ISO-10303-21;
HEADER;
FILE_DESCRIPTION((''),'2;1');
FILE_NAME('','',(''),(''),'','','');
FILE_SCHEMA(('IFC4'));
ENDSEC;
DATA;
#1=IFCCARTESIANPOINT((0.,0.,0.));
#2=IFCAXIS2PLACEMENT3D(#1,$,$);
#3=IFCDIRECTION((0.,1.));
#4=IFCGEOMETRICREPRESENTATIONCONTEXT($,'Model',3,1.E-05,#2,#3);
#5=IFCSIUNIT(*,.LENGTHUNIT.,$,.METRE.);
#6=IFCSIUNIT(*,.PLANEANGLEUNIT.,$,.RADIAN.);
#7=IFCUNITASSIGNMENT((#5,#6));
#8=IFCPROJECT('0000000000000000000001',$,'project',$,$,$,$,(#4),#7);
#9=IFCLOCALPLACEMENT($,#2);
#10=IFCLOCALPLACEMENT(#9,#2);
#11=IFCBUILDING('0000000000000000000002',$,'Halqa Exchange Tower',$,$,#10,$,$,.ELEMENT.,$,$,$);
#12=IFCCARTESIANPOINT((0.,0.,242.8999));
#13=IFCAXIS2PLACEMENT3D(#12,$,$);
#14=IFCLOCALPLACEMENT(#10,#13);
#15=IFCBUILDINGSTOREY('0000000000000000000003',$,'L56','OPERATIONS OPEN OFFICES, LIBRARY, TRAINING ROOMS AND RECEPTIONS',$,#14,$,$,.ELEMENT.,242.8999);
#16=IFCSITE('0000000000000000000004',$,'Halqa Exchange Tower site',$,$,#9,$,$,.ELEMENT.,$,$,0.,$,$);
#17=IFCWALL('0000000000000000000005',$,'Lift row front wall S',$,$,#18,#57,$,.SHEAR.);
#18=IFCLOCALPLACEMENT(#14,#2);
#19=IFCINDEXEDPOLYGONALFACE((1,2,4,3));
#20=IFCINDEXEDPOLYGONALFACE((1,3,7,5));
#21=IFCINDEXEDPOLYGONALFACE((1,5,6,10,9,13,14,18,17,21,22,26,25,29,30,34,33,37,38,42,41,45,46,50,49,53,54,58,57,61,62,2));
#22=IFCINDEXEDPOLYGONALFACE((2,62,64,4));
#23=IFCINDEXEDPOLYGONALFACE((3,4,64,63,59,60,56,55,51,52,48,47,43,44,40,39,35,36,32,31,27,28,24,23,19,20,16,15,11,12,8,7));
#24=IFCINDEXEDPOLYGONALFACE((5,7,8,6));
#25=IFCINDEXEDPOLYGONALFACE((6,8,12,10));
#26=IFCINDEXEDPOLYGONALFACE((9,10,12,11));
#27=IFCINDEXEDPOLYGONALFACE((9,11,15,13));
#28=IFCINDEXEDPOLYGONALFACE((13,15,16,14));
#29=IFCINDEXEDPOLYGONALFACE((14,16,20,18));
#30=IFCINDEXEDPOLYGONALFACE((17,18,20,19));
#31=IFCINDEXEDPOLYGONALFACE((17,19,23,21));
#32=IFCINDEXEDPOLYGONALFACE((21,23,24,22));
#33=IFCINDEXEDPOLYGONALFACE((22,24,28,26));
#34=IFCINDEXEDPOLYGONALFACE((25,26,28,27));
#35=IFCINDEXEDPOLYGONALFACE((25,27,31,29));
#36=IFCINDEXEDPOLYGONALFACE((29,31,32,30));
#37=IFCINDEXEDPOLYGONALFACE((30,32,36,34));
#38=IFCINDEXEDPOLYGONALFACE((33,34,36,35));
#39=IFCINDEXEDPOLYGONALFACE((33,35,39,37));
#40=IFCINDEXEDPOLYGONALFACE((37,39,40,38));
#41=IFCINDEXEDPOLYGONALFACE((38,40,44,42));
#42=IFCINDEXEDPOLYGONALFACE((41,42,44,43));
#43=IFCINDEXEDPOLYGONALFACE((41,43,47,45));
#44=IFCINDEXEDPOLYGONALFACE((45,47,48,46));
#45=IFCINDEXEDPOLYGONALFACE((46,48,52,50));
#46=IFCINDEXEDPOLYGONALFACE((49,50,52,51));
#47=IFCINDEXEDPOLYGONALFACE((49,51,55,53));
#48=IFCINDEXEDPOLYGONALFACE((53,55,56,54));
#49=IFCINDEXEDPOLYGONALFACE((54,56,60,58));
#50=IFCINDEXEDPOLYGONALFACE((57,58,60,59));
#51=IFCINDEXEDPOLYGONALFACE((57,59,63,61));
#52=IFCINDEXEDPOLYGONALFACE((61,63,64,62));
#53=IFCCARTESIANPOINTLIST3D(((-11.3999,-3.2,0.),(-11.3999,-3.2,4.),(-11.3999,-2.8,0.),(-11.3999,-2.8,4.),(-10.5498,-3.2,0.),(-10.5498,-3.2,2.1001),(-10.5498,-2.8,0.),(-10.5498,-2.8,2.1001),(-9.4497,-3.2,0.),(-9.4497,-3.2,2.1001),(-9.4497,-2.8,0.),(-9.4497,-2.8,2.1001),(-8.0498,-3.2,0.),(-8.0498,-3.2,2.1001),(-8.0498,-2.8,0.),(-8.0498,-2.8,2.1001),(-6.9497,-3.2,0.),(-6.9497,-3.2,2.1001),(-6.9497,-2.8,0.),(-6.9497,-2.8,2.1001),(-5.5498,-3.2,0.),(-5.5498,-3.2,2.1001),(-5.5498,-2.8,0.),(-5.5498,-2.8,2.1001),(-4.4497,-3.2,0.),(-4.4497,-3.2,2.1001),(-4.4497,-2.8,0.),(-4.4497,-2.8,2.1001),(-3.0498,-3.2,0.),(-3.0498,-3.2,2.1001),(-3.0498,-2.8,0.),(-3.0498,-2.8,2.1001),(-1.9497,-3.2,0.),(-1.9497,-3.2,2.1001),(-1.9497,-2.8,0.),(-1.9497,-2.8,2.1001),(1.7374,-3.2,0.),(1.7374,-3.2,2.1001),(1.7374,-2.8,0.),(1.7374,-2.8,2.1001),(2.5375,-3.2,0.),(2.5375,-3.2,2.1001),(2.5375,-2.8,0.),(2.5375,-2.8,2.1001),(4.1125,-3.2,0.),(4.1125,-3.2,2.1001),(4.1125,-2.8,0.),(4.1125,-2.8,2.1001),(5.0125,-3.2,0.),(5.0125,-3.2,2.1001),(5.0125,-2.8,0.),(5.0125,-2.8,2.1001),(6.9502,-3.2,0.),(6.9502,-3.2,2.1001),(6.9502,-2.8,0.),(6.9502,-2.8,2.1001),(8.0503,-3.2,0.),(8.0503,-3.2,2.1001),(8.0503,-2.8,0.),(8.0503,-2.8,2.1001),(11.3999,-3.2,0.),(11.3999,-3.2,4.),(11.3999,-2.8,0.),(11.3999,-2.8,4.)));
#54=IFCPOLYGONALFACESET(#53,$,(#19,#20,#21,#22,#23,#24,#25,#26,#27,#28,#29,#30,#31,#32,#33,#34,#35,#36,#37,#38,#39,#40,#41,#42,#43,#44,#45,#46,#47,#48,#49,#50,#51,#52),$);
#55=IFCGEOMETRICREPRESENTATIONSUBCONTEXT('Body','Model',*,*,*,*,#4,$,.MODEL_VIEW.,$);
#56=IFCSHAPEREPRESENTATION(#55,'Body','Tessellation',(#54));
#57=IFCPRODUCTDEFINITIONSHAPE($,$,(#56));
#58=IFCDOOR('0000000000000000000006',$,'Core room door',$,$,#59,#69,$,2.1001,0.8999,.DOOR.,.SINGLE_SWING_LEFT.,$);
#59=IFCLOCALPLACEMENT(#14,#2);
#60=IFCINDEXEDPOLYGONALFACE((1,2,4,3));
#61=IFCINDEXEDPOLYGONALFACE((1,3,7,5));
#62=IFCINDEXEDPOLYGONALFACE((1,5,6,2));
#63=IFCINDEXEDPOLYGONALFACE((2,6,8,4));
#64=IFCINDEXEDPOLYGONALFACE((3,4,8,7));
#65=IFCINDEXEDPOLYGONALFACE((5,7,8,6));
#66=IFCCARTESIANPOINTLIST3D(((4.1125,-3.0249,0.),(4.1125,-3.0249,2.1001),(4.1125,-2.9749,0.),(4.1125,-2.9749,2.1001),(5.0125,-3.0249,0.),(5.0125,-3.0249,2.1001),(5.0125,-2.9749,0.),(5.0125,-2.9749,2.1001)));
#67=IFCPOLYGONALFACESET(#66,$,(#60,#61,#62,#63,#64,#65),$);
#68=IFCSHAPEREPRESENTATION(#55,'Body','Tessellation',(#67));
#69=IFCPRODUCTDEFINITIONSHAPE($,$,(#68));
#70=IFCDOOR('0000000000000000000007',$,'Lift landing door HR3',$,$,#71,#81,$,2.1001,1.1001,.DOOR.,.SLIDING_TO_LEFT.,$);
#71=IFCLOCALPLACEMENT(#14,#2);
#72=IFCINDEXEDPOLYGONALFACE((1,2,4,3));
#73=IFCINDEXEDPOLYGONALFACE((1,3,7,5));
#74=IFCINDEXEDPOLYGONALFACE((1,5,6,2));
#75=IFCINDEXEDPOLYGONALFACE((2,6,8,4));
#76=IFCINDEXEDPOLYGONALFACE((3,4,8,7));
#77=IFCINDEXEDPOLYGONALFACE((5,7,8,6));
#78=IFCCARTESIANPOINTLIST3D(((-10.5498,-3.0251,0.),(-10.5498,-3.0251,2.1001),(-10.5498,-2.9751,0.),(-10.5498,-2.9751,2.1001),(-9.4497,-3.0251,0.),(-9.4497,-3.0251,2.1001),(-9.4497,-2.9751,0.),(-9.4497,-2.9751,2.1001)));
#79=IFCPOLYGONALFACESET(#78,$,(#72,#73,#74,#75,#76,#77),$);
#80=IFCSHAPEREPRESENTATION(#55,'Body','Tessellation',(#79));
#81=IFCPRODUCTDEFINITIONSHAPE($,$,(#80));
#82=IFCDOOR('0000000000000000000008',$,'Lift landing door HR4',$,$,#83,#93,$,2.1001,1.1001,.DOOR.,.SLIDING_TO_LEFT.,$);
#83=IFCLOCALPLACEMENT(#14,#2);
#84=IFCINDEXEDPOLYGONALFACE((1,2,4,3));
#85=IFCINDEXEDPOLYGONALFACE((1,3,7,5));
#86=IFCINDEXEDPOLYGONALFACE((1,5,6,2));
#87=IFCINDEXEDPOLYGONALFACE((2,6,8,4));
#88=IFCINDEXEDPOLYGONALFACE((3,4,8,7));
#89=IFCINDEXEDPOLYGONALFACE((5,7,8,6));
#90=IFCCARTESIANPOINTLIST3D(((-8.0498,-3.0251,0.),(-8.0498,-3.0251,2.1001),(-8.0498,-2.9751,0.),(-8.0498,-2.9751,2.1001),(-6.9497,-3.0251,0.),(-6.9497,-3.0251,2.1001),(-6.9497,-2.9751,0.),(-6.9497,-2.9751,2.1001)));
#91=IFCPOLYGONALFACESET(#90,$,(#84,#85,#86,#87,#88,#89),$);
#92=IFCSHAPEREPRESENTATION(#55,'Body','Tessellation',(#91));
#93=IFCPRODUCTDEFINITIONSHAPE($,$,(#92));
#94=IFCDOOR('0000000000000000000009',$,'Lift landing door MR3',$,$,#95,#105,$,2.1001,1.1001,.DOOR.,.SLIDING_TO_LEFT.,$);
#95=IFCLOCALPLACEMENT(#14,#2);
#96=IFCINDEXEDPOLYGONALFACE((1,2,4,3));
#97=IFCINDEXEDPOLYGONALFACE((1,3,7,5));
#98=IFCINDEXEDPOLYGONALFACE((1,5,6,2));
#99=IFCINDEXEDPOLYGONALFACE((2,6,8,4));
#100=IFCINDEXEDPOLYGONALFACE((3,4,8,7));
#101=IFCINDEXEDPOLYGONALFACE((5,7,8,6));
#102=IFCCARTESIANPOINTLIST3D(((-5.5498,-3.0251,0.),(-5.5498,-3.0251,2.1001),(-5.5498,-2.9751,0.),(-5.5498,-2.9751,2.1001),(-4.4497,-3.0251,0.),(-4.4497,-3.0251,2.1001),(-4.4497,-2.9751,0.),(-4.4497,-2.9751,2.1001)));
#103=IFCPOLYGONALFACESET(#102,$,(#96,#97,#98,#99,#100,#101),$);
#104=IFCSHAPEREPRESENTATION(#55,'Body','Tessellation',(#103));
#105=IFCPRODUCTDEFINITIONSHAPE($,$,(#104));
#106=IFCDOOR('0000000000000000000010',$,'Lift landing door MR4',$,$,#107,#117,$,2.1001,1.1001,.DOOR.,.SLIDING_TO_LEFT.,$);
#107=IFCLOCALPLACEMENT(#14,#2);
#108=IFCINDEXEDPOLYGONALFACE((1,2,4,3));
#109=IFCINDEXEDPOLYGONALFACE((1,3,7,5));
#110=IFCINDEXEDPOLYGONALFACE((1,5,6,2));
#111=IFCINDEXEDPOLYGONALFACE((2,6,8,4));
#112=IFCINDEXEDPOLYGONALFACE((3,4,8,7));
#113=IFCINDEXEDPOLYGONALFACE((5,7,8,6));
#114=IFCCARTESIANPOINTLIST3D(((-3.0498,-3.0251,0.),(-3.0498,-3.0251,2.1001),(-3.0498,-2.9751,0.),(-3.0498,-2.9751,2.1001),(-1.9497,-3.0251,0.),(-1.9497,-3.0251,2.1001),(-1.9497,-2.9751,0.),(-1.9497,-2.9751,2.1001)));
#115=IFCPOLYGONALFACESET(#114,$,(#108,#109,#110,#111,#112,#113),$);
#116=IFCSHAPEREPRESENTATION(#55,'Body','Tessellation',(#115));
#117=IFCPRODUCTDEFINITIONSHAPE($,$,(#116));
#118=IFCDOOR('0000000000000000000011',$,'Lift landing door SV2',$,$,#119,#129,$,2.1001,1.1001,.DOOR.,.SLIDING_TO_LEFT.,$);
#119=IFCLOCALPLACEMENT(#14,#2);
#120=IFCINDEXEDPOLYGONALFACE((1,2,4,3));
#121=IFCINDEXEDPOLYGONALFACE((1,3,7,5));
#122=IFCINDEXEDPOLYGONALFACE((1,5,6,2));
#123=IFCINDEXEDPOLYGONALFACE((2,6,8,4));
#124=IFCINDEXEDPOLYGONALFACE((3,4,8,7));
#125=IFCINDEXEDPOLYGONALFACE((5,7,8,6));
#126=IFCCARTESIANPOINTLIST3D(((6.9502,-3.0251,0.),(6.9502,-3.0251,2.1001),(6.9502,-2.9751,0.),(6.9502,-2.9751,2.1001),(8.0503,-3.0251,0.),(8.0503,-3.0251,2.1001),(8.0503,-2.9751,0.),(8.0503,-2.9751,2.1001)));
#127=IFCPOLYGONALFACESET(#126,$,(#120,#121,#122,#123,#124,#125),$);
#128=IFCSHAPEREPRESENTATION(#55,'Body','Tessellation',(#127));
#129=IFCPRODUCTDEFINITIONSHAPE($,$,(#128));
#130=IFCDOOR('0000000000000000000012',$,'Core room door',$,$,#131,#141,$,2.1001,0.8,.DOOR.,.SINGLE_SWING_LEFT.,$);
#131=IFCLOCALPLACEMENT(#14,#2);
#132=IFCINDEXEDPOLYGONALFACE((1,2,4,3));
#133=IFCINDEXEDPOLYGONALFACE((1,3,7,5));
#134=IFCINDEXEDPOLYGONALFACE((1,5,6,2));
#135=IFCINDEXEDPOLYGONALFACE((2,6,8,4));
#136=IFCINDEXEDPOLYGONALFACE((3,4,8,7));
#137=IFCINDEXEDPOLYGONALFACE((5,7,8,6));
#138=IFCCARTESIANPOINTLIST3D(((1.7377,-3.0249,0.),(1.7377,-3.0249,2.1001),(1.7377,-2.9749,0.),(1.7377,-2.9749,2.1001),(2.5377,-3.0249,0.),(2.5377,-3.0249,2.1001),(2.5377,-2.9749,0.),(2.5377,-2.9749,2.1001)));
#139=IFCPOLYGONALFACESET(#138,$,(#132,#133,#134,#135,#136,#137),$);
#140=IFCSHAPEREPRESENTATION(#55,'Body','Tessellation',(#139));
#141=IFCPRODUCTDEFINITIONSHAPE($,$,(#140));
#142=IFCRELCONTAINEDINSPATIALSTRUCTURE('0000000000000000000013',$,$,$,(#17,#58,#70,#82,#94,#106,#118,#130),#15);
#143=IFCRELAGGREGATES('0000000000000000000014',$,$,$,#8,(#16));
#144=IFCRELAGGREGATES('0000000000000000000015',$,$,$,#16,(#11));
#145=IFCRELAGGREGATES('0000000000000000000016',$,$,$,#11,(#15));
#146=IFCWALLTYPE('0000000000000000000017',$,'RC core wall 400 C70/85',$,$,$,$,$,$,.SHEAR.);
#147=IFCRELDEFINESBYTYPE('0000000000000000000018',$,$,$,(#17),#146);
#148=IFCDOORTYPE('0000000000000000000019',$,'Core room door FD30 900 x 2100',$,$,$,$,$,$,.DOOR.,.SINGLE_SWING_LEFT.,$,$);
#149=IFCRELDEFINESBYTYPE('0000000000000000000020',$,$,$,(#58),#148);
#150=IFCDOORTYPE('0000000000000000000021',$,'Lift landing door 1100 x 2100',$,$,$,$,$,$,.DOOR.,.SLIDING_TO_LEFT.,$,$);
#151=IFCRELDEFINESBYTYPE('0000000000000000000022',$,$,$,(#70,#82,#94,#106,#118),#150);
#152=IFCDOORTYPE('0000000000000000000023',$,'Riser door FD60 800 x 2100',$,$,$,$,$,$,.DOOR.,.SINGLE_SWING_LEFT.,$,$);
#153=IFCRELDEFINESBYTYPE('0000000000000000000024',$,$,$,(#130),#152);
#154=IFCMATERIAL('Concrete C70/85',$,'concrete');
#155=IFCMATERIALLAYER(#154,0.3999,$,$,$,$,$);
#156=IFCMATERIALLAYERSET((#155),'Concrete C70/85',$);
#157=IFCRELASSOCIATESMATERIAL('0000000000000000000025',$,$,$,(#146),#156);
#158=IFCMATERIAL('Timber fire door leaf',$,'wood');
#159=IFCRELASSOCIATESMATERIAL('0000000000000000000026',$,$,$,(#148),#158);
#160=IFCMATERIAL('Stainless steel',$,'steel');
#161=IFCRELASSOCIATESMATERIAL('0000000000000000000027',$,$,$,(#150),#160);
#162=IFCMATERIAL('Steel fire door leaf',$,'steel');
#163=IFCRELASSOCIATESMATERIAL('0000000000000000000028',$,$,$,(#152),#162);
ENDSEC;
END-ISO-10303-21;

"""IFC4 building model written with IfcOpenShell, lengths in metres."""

from ifc_helpers import new_model, si_unit, direction, frame, frame_2d, origin, place, context, subcontext, project, spatial, rectangle, extrude, material, layer, layer_set, type_object, element, fill, save


model = new_model("IFC4")

# Units and contexts
model_context = context("Model", 3, precision=1e-05, world=origin(), true_north=direction((0.0, 1.0)))
body_context = subcontext(model_context, "Body", "Model", "MODEL_VIEW")
ifc_project = project(units=[si_unit("LENGTHUNIT", "METRE"), si_unit("PLANEANGLEUNIT", "RADIAN")], contexts=[model_context])

# Site, building, storey
site_placement = place(None, origin())
site = spatial("IfcSite", under=ifc_project, at=site_placement, Name="Halqa Exchange Tower site", CompositionType="ELEMENT", RefElevation=0.0)
building_placement = place(site_placement, origin())
building = spatial("IfcBuilding", under=site, at=building_placement, Name="Halqa Exchange Tower", CompositionType="ELEMENT")
storey_placement = place(building_placement, frame((0.0, 0.0, 242.8999)))
storey = spatial("IfcBuildingStorey", under=building, at=storey_placement, Name="L56", Description="OPERATIONS OPEN OFFICES, LIBRARY, TRAINING ROOMS AND RECEPTIONS", CompositionType="ELEMENT", Elevation=242.8999)

# Wall, openings, doors
ifc_material_1 = material(Name="Concrete C70/85", Category="concrete")
ifc_layer_1 = layer(ifc_material_1, 0.3999)
ifc_layer_set_1 = layer_set([ifc_layer_1], Name="Concrete C70/85")
wall_type_1 = type_object("IfcWallType", Name="RC core wall 400 C70/85", PredefinedType="SHEAR", material=ifc_layer_set_1)
wall_1_placement = place(storey_placement, frame((-11.3999, -3.0, 0.0), z_axis=(0.0, 0.0, 1.0), x_axis=(1.0, 0.0, 0.0)))
wall_1 = element("IfcWall", 1, at=wall_1_placement, inside=storey, type_object=wall_type_1, Name="Lift row front wall S", PredefinedType="SHEAR", context=body_context, shape_type="SweptSolid", body=[
    extrude(rectangle(XDim=22.7998, YDim=0.3999, at=frame_2d((11.3999, 0.0))), origin(), (0.0, 0.0, 1.0), 4.0),
])
opening_1_placement = place(wall_1_placement, frame((0.8501, 0.0, 0.0)))
opening_1 = element("IfcOpeningElement", 2, at=opening_1_placement, cuts=wall_1, PredefinedType="OPENING", context=body_context, shape_type="SweptSolid", body=[
    extrude(rectangle(XDim=1.1001, YDim=2.1001, at=frame_2d((0.55, 1.05))), frame((0.0, 0.2119, 0.0), z_axis=(0.0, -1.0, 0.0), x_axis=(1.0, 0.0, 0.0)), (0.0, 0.0, 1.0), 0.4238),
])
opening_2_placement = place(wall_1_placement, frame((3.3501, 0.0, 0.0)))
opening_2 = element("IfcOpeningElement", 3, at=opening_2_placement, cuts=wall_1, PredefinedType="OPENING", context=body_context, shape_type="SweptSolid", body=[
    extrude(rectangle(XDim=1.1001, YDim=2.1001, at=frame_2d((0.55, 1.05))), frame((0.0, 0.2119, 0.0), z_axis=(0.0, -1.0, 0.0), x_axis=(1.0, 0.0, 0.0)), (0.0, 0.0, 1.0), 0.4238),
])
opening_3_placement = place(wall_1_placement, frame((5.8501, 0.0, 0.0)))
opening_3 = element("IfcOpeningElement", 4, at=opening_3_placement, cuts=wall_1, PredefinedType="OPENING", context=body_context, shape_type="SweptSolid", body=[
    extrude(rectangle(XDim=1.1001, YDim=2.1001, at=frame_2d((0.55, 1.05))), frame((0.0, 0.2119, 0.0), z_axis=(0.0, -1.0, 0.0), x_axis=(1.0, 0.0, 0.0)), (0.0, 0.0, 1.0), 0.4238),
])
opening_4_placement = place(wall_1_placement, frame((8.3501, 0.0, 0.0)))
opening_4 = element("IfcOpeningElement", 5, at=opening_4_placement, cuts=wall_1, PredefinedType="OPENING", context=body_context, shape_type="SweptSolid", body=[
    extrude(rectangle(XDim=1.1001, YDim=2.1001, at=frame_2d((0.55, 1.05))), frame((0.0, 0.2119, 0.0), z_axis=(0.0, -1.0, 0.0), x_axis=(1.0, 0.0, 0.0)), (0.0, 0.0, 1.0), 0.4238),
])
opening_5_placement = place(wall_1_placement, frame((18.3501, 0.0, 0.0)))
opening_5 = element("IfcOpeningElement", 6, at=opening_5_placement, cuts=wall_1, PredefinedType="OPENING", context=body_context, shape_type="SweptSolid", body=[
    extrude(rectangle(XDim=1.1001, YDim=2.1001, at=frame_2d((0.55, 1.05))), frame((0.0, 0.2119, 0.0), z_axis=(0.0, -1.0, 0.0), x_axis=(1.0, 0.0, 0.0)), (0.0, 0.0, 1.0), 0.4238),
])
opening_6_placement = place(wall_1_placement, frame((13.1375, 0.0, 0.0)))
opening_6 = element("IfcOpeningElement", 7, at=opening_6_placement, cuts=wall_1, PredefinedType="OPENING", context=body_context, shape_type="SweptSolid", body=[
    extrude(rectangle(XDim=0.8, YDim=2.1001, at=frame_2d((0.3999, 1.05))), frame((0.0, 0.2119, 0.0), z_axis=(0.0, -1.0, 0.0), x_axis=(1.0, 0.0, 0.0)), (0.0, 0.0, 1.0), 0.4238),
])
opening_7_placement = place(wall_1_placement, frame((15.5125, 0.0, 0.0)))
opening_7 = element("IfcOpeningElement", 8, at=opening_7_placement, cuts=wall_1, PredefinedType="OPENING", context=body_context, shape_type="SweptSolid", body=[
    extrude(rectangle(XDim=0.8999, YDim=2.1001, at=frame_2d((0.45, 1.05))), frame((0.0, 0.2119, 0.0), z_axis=(0.0, -1.0, 0.0), x_axis=(1.0, 0.0, 0.0)), (0.0, 0.0, 1.0), 0.4238),
])
ifc_material_2 = material(Name="Timber fire door leaf", Category="wood")
door_type_1 = type_object("IfcDoorType", Name="Core room door FD30 900 x 2100", OperationType="SINGLE_SWING_LEFT", PredefinedType="DOOR", material=ifc_material_2)
door_1_placement = place(opening_7_placement, frame((0.8999, 0.0, 0.0), z_axis=(0.0, 0.0, 1.0), x_axis=(-1.0, 0.0, 0.0)))
door_1 = element("IfcDoor", 9, at=door_1_placement, inside=storey, type_object=door_type_1, Name="Core room door", OperationType="SINGLE_SWING_LEFT", OverallHeight=2.1001, OverallWidth=0.8999, PredefinedType="DOOR", context=body_context, shape_type="SweptSolid", body=[
    extrude(rectangle(XDim=0.8999, YDim=2.1001, at=frame_2d((0.45, 1.05))), frame((0.0, 0.0249, 0.0), z_axis=(0.0, -1.0, 0.0), x_axis=(1.0, 0.0, 0.0)), (0.0, 0.0, 1.0), 0.05),
])
fill(opening_7, door_1)
ifc_material_3 = material(Name="Stainless steel", Category="steel")
door_type_2 = type_object("IfcDoorType", Name="Lift landing door 1100 x 2100", OperationType="SLIDING_TO_LEFT", PredefinedType="DOOR", material=ifc_material_3)
door_2_placement = place(opening_1_placement, origin())
door_2 = element("IfcDoor", 10, at=door_2_placement, inside=storey, type_object=door_type_2, Name="Lift landing door HR3", OperationType="SLIDING_TO_LEFT", OverallHeight=2.1001, OverallWidth=1.1001, PredefinedType="DOOR", context=body_context, shape_type="SweptSolid", body=[
    extrude(rectangle(XDim=1.1001, YDim=2.1001, at=frame_2d((0.55, 1.05))), frame((0.0, 0.0249, 0.0), z_axis=(0.0, -1.0, 0.0), x_axis=(1.0, 0.0, 0.0)), (0.0, 0.0, 1.0), 0.05),
])
fill(opening_1, door_2)
door_3_placement = place(opening_2_placement, origin())
door_3 = element("IfcDoor", 11, at=door_3_placement, inside=storey, type_object=door_type_2, Name="Lift landing door HR4", OperationType="SLIDING_TO_LEFT", OverallHeight=2.1001, OverallWidth=1.1001, PredefinedType="DOOR", context=body_context, shape_type="SweptSolid", body=[
    extrude(rectangle(XDim=1.1001, YDim=2.1001, at=frame_2d((0.55, 1.05))), frame((0.0, 0.0249, 0.0), z_axis=(0.0, -1.0, 0.0), x_axis=(1.0, 0.0, 0.0)), (0.0, 0.0, 1.0), 0.05),
])
fill(opening_2, door_3)
door_4_placement = place(opening_3_placement, origin())
door_4 = element("IfcDoor", 12, at=door_4_placement, inside=storey, type_object=door_type_2, Name="Lift landing door MR3", OperationType="SLIDING_TO_LEFT", OverallHeight=2.1001, OverallWidth=1.1001, PredefinedType="DOOR", context=body_context, shape_type="SweptSolid", body=[
    extrude(rectangle(XDim=1.1001, YDim=2.1001, at=frame_2d((0.55, 1.05))), frame((0.0, 0.0249, 0.0), z_axis=(0.0, -1.0, 0.0), x_axis=(1.0, 0.0, 0.0)), (0.0, 0.0, 1.0), 0.05),
])
fill(opening_3, door_4)
door_5_placement = place(opening_4_placement, origin())
door_5 = element("IfcDoor", 13, at=door_5_placement, inside=storey, type_object=door_type_2, Name="Lift landing door MR4", OperationType="SLIDING_TO_LEFT", OverallHeight=2.1001, OverallWidth=1.1001, PredefinedType="DOOR", context=body_context, shape_type="SweptSolid", body=[
    extrude(rectangle(XDim=1.1001, YDim=2.1001, at=frame_2d((0.55, 1.05))), frame((0.0, 0.0249, 0.0), z_axis=(0.0, -1.0, 0.0), x_axis=(1.0, 0.0, 0.0)), (0.0, 0.0, 1.0), 0.05),
])
fill(opening_4, door_5)
door_6_placement = place(opening_5_placement, origin())
door_6 = element("IfcDoor", 14, at=door_6_placement, inside=storey, type_object=door_type_2, Name="Lift landing door SV2", OperationType="SLIDING_TO_LEFT", OverallHeight=2.1001, OverallWidth=1.1001, PredefinedType="DOOR", context=body_context, shape_type="SweptSolid", body=[
    extrude(rectangle(XDim=1.1001, YDim=2.1001, at=frame_2d((0.55, 1.05))), frame((0.0, 0.0249, 0.0), z_axis=(0.0, -1.0, 0.0), x_axis=(1.0, 0.0, 0.0)), (0.0, 0.0, 1.0), 0.05),
])
fill(opening_5, door_6)
ifc_material_4 = material(Name="Steel fire door leaf", Category="steel")
door_type_3 = type_object("IfcDoorType", Name="Riser door FD60 800 x 2100", OperationType="SINGLE_SWING_LEFT", PredefinedType="DOOR", material=ifc_material_4)
door_7_placement = place(opening_6_placement, frame((0.8, 0.0, 0.0), z_axis=(0.0, 0.0, 1.0), x_axis=(-1.0, 0.0, 0.0)))
door_7 = element("IfcDoor", 15, at=door_7_placement, inside=storey, type_object=door_type_3, Name="Core room door", OperationType="SINGLE_SWING_LEFT", OverallHeight=2.1001, OverallWidth=0.8, PredefinedType="DOOR", context=body_context, shape_type="SweptSolid", body=[
    extrude(rectangle(XDim=0.8, YDim=2.1001, at=frame_2d((0.3999, 1.05))), frame((0.0, 0.0249, 0.0), z_axis=(0.0, -1.0, 0.0), x_axis=(1.0, 0.0, 0.0)), (0.0, 0.0, 1.0), 0.05),
])
fill(opening_6, door_7)

save(model, "model.ifc")
